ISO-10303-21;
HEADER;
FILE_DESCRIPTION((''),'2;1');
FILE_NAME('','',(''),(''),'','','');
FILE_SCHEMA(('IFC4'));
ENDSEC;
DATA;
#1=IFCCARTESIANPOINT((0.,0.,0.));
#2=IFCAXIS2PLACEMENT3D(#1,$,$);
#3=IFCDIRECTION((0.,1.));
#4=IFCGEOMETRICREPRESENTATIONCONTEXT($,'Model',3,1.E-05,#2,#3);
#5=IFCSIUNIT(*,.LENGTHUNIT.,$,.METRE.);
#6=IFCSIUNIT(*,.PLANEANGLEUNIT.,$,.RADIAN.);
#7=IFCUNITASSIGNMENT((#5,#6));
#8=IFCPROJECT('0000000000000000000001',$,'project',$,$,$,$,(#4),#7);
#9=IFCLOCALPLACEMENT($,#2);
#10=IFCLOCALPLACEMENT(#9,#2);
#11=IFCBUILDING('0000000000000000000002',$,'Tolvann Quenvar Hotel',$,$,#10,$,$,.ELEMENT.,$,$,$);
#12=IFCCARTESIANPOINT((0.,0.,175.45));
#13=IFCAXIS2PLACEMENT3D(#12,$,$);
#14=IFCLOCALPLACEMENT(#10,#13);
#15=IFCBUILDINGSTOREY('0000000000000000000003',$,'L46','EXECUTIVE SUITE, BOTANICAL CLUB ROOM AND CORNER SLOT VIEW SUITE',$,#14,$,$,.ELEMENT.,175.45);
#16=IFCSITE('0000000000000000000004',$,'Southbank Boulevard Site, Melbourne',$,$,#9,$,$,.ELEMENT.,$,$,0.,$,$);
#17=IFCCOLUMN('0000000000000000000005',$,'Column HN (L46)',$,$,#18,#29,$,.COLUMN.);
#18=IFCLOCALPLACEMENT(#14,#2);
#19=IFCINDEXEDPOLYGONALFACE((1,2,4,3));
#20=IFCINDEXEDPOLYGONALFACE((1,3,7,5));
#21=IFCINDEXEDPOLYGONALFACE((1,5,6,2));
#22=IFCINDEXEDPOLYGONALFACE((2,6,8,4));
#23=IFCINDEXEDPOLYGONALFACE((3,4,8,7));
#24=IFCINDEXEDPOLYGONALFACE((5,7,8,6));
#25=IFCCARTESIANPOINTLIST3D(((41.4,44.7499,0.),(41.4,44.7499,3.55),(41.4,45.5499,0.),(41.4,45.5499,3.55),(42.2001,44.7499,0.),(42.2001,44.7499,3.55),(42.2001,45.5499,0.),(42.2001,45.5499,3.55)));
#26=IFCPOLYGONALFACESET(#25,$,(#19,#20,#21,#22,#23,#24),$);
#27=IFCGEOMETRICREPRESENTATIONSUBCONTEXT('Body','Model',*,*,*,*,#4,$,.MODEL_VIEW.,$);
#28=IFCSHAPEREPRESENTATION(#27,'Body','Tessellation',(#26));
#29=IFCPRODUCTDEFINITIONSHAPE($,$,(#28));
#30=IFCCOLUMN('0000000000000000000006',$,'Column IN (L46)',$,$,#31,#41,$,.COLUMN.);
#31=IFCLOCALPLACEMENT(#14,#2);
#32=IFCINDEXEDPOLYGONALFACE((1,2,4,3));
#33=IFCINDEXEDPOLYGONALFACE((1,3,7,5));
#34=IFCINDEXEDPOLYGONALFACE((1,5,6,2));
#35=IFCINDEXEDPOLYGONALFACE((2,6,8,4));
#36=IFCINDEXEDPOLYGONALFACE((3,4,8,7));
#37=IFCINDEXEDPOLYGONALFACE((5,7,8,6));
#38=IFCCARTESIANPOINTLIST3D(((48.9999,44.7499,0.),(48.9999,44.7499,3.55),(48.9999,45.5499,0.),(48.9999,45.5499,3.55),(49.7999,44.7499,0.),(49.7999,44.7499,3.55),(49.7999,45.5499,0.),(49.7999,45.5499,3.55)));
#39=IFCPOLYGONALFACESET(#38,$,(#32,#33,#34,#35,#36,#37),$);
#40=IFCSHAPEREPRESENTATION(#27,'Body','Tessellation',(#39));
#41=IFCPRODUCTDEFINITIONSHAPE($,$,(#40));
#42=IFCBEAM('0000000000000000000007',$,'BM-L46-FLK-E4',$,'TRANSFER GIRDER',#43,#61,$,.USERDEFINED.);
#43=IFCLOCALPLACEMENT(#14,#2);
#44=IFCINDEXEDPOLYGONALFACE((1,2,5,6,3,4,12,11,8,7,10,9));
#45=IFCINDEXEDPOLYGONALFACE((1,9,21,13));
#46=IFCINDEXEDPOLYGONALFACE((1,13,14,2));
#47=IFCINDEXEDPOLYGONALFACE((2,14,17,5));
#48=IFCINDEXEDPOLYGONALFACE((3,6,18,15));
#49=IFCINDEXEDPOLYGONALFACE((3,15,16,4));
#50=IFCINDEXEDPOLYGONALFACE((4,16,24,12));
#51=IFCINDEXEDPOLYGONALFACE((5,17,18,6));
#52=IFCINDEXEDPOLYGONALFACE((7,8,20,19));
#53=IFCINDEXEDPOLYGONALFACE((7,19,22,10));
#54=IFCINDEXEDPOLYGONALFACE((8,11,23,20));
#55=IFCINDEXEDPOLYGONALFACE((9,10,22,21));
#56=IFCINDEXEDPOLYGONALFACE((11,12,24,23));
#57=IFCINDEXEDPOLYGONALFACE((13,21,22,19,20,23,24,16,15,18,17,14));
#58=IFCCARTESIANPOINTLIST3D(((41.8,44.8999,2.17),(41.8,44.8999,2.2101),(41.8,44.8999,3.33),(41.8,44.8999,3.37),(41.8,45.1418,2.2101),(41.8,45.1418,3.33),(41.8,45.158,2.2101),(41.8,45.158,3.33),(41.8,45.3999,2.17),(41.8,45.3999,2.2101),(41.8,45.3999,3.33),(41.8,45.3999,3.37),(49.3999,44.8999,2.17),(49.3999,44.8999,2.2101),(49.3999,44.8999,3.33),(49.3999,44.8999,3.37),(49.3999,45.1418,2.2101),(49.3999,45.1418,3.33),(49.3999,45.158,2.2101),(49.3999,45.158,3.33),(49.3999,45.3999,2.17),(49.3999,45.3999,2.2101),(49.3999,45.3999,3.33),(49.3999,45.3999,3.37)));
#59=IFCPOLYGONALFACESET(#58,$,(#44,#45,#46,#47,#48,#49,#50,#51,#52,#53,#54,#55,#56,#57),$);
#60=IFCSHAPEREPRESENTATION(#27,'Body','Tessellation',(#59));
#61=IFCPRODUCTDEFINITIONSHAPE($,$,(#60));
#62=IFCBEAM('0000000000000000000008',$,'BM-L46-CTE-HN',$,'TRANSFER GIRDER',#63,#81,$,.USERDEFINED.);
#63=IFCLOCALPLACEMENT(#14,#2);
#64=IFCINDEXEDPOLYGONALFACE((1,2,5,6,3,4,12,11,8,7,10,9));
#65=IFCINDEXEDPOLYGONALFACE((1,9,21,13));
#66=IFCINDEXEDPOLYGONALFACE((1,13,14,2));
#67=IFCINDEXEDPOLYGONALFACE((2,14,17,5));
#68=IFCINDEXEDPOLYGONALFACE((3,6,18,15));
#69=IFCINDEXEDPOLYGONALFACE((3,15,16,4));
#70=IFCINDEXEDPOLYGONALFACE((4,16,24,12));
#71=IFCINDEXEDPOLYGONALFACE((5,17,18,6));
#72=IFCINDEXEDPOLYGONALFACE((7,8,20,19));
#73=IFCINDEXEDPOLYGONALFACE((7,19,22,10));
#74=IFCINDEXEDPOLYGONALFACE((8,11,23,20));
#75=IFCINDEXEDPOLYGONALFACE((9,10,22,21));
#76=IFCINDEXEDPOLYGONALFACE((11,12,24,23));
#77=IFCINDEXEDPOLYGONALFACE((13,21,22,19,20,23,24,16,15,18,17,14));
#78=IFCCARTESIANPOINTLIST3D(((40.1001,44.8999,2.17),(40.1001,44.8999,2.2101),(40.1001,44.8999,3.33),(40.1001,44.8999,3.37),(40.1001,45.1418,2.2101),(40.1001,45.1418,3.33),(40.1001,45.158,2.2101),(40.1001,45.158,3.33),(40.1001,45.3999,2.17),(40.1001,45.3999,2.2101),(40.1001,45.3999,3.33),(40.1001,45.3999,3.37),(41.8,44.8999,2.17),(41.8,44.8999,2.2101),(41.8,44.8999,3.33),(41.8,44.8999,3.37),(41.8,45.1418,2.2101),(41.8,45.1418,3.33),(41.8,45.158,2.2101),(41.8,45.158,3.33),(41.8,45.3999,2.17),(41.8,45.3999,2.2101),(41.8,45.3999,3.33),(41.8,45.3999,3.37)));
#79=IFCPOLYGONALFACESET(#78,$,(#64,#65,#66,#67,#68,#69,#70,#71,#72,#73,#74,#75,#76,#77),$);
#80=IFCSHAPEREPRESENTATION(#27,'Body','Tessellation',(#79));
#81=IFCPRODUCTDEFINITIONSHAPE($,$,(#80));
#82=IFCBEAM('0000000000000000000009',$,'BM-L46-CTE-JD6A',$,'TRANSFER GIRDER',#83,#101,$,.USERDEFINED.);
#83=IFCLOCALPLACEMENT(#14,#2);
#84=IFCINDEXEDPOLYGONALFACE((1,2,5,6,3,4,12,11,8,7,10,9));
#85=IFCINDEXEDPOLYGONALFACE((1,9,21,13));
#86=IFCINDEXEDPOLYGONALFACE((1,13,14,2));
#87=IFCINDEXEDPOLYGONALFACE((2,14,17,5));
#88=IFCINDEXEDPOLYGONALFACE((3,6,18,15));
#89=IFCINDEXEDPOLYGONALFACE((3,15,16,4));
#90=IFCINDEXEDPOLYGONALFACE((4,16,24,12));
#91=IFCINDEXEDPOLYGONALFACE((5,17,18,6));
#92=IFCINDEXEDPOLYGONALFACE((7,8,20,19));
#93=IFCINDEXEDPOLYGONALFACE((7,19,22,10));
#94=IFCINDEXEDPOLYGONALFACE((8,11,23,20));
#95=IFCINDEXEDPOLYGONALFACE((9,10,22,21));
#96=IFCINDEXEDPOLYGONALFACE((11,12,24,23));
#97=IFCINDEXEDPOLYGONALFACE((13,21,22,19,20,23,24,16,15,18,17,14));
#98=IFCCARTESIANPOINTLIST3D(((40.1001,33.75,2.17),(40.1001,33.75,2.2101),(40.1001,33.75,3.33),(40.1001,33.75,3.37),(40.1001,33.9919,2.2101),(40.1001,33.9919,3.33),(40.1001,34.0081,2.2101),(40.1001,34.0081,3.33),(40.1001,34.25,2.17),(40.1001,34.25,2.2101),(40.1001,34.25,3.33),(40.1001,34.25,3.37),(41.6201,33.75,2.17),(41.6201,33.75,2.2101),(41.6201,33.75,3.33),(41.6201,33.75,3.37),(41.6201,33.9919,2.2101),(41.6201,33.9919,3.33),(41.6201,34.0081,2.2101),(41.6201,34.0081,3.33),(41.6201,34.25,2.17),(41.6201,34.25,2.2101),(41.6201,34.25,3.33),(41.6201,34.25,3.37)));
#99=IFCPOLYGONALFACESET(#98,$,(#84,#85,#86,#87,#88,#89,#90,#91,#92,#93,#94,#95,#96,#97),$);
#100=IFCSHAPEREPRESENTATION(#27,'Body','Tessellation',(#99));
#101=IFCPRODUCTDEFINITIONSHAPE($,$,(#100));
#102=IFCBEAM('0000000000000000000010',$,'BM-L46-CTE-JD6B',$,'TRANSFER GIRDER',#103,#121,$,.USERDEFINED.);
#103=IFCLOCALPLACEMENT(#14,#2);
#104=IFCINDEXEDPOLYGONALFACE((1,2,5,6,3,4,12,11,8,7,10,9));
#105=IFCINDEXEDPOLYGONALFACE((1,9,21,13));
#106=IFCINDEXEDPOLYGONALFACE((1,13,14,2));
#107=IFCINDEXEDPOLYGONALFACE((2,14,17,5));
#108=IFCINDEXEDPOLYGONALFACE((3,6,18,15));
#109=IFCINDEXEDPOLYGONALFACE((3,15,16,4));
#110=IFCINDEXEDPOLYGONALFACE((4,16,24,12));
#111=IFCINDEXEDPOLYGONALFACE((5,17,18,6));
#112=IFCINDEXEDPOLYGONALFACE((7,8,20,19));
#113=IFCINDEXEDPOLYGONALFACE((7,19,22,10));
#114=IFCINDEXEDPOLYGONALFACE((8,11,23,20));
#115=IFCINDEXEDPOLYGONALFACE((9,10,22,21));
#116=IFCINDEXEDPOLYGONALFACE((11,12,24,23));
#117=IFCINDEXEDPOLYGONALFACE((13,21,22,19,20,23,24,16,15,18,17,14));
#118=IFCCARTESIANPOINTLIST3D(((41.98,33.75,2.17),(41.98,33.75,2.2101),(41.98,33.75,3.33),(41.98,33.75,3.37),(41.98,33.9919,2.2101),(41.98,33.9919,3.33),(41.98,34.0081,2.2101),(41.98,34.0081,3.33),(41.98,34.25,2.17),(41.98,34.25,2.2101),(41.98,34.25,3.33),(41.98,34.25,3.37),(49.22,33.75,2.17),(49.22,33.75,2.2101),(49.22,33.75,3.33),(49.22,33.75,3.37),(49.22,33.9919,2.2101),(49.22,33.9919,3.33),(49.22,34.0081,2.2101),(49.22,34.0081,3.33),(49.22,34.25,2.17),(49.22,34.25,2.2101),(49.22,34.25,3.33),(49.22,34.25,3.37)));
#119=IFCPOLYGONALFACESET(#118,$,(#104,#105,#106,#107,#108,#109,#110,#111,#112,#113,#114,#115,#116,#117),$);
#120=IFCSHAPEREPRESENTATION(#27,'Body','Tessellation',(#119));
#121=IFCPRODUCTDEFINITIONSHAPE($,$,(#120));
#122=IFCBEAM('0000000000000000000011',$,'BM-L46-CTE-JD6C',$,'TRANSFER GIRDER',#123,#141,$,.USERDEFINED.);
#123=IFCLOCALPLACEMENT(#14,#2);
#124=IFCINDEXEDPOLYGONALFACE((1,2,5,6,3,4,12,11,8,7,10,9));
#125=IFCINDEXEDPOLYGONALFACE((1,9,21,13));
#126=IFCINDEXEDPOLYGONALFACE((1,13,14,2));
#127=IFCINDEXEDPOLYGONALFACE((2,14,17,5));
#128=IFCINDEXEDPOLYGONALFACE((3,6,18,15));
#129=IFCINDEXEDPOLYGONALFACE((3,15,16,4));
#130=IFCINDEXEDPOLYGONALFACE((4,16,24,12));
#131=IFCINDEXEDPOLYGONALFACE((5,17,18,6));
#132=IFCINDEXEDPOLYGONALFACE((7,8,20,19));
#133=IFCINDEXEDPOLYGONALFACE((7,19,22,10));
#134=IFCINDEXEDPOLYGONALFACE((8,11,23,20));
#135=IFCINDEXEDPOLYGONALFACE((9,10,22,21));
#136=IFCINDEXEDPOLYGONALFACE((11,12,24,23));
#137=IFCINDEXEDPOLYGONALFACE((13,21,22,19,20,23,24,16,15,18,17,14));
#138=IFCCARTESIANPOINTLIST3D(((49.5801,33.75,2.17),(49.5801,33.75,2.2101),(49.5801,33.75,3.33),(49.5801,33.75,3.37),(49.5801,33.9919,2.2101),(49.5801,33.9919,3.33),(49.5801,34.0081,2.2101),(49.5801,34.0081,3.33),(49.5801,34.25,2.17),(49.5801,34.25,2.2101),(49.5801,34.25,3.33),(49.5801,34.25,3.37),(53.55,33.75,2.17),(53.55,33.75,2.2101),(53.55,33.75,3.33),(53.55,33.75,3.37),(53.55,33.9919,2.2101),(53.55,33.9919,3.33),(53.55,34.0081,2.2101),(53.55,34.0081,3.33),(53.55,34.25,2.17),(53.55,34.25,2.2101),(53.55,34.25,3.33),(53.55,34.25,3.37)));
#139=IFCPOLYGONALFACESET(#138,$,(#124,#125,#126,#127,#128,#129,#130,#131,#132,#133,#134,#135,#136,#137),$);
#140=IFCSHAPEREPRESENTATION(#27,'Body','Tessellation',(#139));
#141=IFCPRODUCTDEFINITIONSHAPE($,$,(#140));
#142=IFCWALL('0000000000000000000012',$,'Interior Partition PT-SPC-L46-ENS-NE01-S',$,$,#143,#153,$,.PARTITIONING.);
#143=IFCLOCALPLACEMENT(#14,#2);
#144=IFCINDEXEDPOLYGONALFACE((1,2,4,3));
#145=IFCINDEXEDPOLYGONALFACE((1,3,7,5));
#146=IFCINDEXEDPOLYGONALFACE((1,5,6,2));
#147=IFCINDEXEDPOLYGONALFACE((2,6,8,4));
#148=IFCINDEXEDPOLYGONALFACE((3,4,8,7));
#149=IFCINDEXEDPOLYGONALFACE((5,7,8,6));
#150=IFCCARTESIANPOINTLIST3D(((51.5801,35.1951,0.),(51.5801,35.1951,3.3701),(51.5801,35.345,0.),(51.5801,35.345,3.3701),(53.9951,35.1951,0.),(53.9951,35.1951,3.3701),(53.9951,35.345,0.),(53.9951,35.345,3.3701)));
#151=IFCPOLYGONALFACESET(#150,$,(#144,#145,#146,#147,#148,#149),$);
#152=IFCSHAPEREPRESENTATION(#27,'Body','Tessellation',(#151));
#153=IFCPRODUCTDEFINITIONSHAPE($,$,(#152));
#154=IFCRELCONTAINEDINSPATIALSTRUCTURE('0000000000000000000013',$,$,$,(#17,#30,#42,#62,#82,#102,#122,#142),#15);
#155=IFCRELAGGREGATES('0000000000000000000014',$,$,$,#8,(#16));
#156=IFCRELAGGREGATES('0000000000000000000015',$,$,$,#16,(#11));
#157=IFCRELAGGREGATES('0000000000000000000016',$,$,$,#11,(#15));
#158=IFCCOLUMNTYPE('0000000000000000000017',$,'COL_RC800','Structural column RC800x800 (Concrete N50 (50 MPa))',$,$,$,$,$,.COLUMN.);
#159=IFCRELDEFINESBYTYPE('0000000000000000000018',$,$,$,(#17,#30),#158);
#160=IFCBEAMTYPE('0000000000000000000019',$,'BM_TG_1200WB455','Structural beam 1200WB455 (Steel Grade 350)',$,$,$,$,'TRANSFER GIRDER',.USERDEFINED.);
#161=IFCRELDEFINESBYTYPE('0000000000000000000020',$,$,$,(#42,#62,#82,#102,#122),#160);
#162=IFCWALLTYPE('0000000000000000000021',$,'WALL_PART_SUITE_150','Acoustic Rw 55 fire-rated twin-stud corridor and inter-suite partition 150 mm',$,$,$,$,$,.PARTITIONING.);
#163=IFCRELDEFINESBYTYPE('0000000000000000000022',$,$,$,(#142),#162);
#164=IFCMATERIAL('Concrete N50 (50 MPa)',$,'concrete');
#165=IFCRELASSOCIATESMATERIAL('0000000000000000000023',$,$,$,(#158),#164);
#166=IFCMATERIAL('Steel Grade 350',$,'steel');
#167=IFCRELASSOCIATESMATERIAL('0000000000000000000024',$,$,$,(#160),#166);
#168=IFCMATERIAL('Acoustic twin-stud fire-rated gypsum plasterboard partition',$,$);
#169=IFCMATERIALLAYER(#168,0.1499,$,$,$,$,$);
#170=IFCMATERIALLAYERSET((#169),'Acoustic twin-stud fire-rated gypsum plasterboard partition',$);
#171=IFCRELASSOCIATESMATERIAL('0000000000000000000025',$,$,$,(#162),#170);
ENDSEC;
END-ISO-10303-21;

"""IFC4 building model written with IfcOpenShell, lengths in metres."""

from ifc_helpers import new_model, si_unit, direction, frame, frame_2d, origin, origin_2d, place, context, subcontext, project, spatial, rectangle, i_section, extrude, source, transform, mapped, material, layer, layer_set, material_profile, profile_set, type_object, type_shapes, element, save


model = new_model("IFC4")

# Units and contexts
model_context = context("Model", 3, precision=1e-05, world=origin(), true_north=direction((0.0, 1.0)))
body_context = subcontext(model_context, "Body", "Model", "MODEL_VIEW")
ifc_project = project(units=[si_unit("LENGTHUNIT", "METRE"), si_unit("PLANEANGLEUNIT", "RADIAN")], contexts=[model_context])

# Site, building, storey
site_placement = place(None, origin())
site = spatial("IfcSite", under=ifc_project, at=site_placement, Name="Southbank Boulevard Site, Melbourne", CompositionType="ELEMENT", RefElevation=0.0)
building_placement = place(site_placement, origin())
building = spatial("IfcBuilding", under=site, at=building_placement, Name="Tolvann Quenvar Hotel", CompositionType="ELEMENT")
storey_placement = place(building_placement, frame((0.0, 0.0, 175.45)))
storey = spatial("IfcBuildingStorey", under=building, at=storey_placement, Name="L46", Description="EXECUTIVE SUITE, BOTANICAL CLUB ROOM AND CORNER SLOT VIEW SUITE", CompositionType="ELEMENT", Elevation=175.45)

# Columns
ifc_material_1 = material(Name="Concrete N50 (50 MPa)", Category="concrete")
ifc_material_profile_1 = material_profile(ifc_material_1, rectangle(XDim=0.8, YDim=0.8, at=origin_2d()), Name="RC800x800")
ifc_profile_set_1 = profile_set([ifc_material_profile_1], Name="Concrete N50 (50 MPa)")
column_type = type_object("IfcColumnType", Name="COL_RC800", Description="Structural column RC800x800 (Concrete N50 (50 MPa))", PredefinedType="COLUMN", material=ifc_profile_set_1)
shared_shape_1 = source(origin(), body_context, "Body", "SweptSolid", [
    extrude(rectangle(XDim=0.8, YDim=0.8, at=origin_2d()), origin(), (0.0, 0.0, 1.0), 3.55),
])
type_shapes(column_type, [shared_shape_1])
for number, where, z_axis, x_axis, name in (
    (1, (41.8, 45.1499, 0.0), (0.0, 0.0, 1.0), (1.0, 0.0, 0.0), "Column HN (L46)"),
    (2, (49.3999, 45.1499, 0.0), (0.0, 0.0, 1.0), (1.0, 0.0, 0.0), "Column IN (L46)"),
):
    element("IfcColumn", number, at=place(storey_placement, frame(where, z_axis=z_axis, x_axis=x_axis)), inside=storey, type_object=column_type, Name=name, PredefinedType="COLUMN", context=body_context, shape_type="MappedRepresentation", body=[
        mapped(shared_shape_1, transform((0.0, 0.0, 0.0), x_axis=(1.0, 0.0, 0.0), y_axis=(0.0, 1.0, 0.0), z_axis=(0.0, 0.0, 1.0), scale=1.0)),
    ])

# Beams
ifc_material_2 = material(Name="Steel Grade 350", Category="steel")
ifc_material_profile_2 = material_profile(ifc_material_2, i_section(OverallWidth=0.5, OverallDepth=1.2, WebThickness=0.0161, FlangeThickness=0.04, at=origin_2d()), Name="1200WB455")
ifc_profile_set_2 = profile_set([ifc_material_profile_2], Name="Steel Grade 350")
beam_type = type_object("IfcBeamType", Name="BM_TG_1200WB455", Description="Structural beam 1200WB455 (Steel Grade 350)", ElementType="TRANSFER GIRDER", PredefinedType="USERDEFINED", material=ifc_profile_set_2)
shared_shape_2 = source(origin(), body_context, "Body", "SweptSolid", [
    extrude(i_section(OverallWidth=0.5, OverallDepth=1.2, WebThickness=0.0161, FlangeThickness=0.04, at=origin_2d()), origin(), (0.0, 0.0, 1.0), 7.5999),
])
beam_1_placement = place(storey_placement, frame((49.3999, 45.1499, 2.77), z_axis=(-1.0, 0.0, 0.0), x_axis=(0.0, -1.0, 0.0)))
element("IfcBeam", 3, at=beam_1_placement, inside=storey, type_object=beam_type, Name="BM-L46-FLK-E4", ObjectType="TRANSFER GIRDER", PredefinedType="USERDEFINED", context=body_context, shape_type="MappedRepresentation", body=[
    mapped(shared_shape_2, transform((0.0, 0.0, 0.0), x_axis=(1.0, 0.0, 0.0), y_axis=(0.0, 1.0, 0.0), z_axis=(0.0, 0.0, 1.0), scale=1.0)),
])
shared_shape_3 = source(origin(), body_context, "Body", "SweptSolid", [
    extrude(i_section(OverallWidth=0.5, OverallDepth=1.2, WebThickness=0.0161, FlangeThickness=0.04, at=origin_2d()), origin(), (0.0, 0.0, 1.0), 1.7),
])
beam_2_placement = place(storey_placement, frame((40.1001, 45.1499, 2.77), z_axis=(1.0, 0.0, 0.0), x_axis=(0.0, 1.0, 0.0)))
element("IfcBeam", 4, at=beam_2_placement, inside=storey, type_object=beam_type, Name="BM-L46-CTE-HN", ObjectType="TRANSFER GIRDER", PredefinedType="USERDEFINED", context=body_context, shape_type="MappedRepresentation", body=[
    mapped(shared_shape_3, transform((0.0, 0.0, 0.0), x_axis=(1.0, 0.0, 0.0), y_axis=(0.0, 1.0, 0.0), z_axis=(0.0, 0.0, 1.0), scale=1.0)),
])
shared_shape_4 = source(origin(), body_context, "Body", "SweptSolid", [
    extrude(i_section(OverallWidth=0.5, OverallDepth=1.2, WebThickness=0.0161, FlangeThickness=0.04, at=origin_2d()), origin(), (0.0, 0.0, 1.0), 1.52),
])
beam_3_placement = place(storey_placement, frame((40.1001, 34.0, 2.77), z_axis=(1.0, 0.0, 0.0), x_axis=(0.0, 1.0, 0.0)))
element("IfcBeam", 5, at=beam_3_placement, inside=storey, type_object=beam_type, Name="BM-L46-CTE-JD6A", ObjectType="TRANSFER GIRDER", PredefinedType="USERDEFINED", context=body_context, shape_type="MappedRepresentation", body=[
    mapped(shared_shape_4, transform((0.0, 0.0, 0.0), x_axis=(1.0, 0.0, 0.0), y_axis=(0.0, 1.0, 0.0), z_axis=(0.0, 0.0, 1.0), scale=1.0)),
])
shared_shape_5 = source(origin(), body_context, "Body", "SweptSolid", [
    extrude(i_section(OverallWidth=0.5, OverallDepth=1.2, WebThickness=0.0161, FlangeThickness=0.04, at=origin_2d()), origin(), (0.0, 0.0, 1.0), 7.24),
])
beam_4_placement = place(storey_placement, frame((41.98, 34.0, 2.77), z_axis=(1.0, 0.0, 0.0), x_axis=(0.0, 1.0, 0.0)))
element("IfcBeam", 6, at=beam_4_placement, inside=storey, type_object=beam_type, Name="BM-L46-CTE-JD6B", ObjectType="TRANSFER GIRDER", PredefinedType="USERDEFINED", context=body_context, shape_type="MappedRepresentation", body=[
    mapped(shared_shape_5, transform((0.0, 0.0, 0.0), x_axis=(1.0, 0.0, 0.0), y_axis=(0.0, 1.0, 0.0), z_axis=(0.0, 0.0, 1.0), scale=1.0)),
])
shared_shape_6 = source(origin(), body_context, "Body", "SweptSolid", [
    extrude(i_section(OverallWidth=0.5, OverallDepth=1.2, WebThickness=0.0161, FlangeThickness=0.04, at=origin_2d()), origin(), (0.0, 0.0, 1.0), 3.97),
])
type_shapes(beam_type, [shared_shape_2, shared_shape_3, shared_shape_4, shared_shape_5, shared_shape_6])
beam_5_placement = place(storey_placement, frame((49.5801, 34.0, 2.77), z_axis=(1.0, 0.0, 0.0), x_axis=(0.0, 1.0, 0.0)))
element("IfcBeam", 7, at=beam_5_placement, inside=storey, type_object=beam_type, Name="BM-L46-CTE-JD6C", ObjectType="TRANSFER GIRDER", PredefinedType="USERDEFINED", context=body_context, shape_type="MappedRepresentation", body=[
    mapped(shared_shape_6, transform((0.0, 0.0, 0.0), x_axis=(1.0, 0.0, 0.0), y_axis=(0.0, 1.0, 0.0), z_axis=(0.0, 0.0, 1.0), scale=1.0)),
])

# Wall
ifc_material_3 = material(Name="Acoustic twin-stud fire-rated gypsum plasterboard partition")
ifc_layer_1 = layer(ifc_material_3, 0.1499)
ifc_layer_set_1 = layer_set([ifc_layer_1], Name="Acoustic twin-stud fire-rated gypsum plasterboard partition")
wall_type_1 = type_object("IfcWallType", Name="WALL_PART_SUITE_150", Description="Acoustic Rw 55 fire-rated twin-stud corridor and inter-suite partition 150 mm", PredefinedType="PARTITIONING", material=ifc_layer_set_1)
wall_1_placement = place(storey_placement, frame((51.5801, 35.27, 0.0), z_axis=(0.0, 0.0, 1.0), x_axis=(1.0, 0.0, 0.0)))
element("IfcWall", 8, at=wall_1_placement, inside=storey, type_object=wall_type_1, Name="Interior Partition PT-SPC-L46-ENS-NE01-S", PredefinedType="PARTITIONING", context=body_context, shape_type="SweptSolid", body=[
    extrude(rectangle(XDim=2.415, YDim=0.1499, at=frame_2d((1.2075, 0.0))), origin(), (0.0, 0.0, 1.0), 3.3701),
])

save(model, "model.ifc")
